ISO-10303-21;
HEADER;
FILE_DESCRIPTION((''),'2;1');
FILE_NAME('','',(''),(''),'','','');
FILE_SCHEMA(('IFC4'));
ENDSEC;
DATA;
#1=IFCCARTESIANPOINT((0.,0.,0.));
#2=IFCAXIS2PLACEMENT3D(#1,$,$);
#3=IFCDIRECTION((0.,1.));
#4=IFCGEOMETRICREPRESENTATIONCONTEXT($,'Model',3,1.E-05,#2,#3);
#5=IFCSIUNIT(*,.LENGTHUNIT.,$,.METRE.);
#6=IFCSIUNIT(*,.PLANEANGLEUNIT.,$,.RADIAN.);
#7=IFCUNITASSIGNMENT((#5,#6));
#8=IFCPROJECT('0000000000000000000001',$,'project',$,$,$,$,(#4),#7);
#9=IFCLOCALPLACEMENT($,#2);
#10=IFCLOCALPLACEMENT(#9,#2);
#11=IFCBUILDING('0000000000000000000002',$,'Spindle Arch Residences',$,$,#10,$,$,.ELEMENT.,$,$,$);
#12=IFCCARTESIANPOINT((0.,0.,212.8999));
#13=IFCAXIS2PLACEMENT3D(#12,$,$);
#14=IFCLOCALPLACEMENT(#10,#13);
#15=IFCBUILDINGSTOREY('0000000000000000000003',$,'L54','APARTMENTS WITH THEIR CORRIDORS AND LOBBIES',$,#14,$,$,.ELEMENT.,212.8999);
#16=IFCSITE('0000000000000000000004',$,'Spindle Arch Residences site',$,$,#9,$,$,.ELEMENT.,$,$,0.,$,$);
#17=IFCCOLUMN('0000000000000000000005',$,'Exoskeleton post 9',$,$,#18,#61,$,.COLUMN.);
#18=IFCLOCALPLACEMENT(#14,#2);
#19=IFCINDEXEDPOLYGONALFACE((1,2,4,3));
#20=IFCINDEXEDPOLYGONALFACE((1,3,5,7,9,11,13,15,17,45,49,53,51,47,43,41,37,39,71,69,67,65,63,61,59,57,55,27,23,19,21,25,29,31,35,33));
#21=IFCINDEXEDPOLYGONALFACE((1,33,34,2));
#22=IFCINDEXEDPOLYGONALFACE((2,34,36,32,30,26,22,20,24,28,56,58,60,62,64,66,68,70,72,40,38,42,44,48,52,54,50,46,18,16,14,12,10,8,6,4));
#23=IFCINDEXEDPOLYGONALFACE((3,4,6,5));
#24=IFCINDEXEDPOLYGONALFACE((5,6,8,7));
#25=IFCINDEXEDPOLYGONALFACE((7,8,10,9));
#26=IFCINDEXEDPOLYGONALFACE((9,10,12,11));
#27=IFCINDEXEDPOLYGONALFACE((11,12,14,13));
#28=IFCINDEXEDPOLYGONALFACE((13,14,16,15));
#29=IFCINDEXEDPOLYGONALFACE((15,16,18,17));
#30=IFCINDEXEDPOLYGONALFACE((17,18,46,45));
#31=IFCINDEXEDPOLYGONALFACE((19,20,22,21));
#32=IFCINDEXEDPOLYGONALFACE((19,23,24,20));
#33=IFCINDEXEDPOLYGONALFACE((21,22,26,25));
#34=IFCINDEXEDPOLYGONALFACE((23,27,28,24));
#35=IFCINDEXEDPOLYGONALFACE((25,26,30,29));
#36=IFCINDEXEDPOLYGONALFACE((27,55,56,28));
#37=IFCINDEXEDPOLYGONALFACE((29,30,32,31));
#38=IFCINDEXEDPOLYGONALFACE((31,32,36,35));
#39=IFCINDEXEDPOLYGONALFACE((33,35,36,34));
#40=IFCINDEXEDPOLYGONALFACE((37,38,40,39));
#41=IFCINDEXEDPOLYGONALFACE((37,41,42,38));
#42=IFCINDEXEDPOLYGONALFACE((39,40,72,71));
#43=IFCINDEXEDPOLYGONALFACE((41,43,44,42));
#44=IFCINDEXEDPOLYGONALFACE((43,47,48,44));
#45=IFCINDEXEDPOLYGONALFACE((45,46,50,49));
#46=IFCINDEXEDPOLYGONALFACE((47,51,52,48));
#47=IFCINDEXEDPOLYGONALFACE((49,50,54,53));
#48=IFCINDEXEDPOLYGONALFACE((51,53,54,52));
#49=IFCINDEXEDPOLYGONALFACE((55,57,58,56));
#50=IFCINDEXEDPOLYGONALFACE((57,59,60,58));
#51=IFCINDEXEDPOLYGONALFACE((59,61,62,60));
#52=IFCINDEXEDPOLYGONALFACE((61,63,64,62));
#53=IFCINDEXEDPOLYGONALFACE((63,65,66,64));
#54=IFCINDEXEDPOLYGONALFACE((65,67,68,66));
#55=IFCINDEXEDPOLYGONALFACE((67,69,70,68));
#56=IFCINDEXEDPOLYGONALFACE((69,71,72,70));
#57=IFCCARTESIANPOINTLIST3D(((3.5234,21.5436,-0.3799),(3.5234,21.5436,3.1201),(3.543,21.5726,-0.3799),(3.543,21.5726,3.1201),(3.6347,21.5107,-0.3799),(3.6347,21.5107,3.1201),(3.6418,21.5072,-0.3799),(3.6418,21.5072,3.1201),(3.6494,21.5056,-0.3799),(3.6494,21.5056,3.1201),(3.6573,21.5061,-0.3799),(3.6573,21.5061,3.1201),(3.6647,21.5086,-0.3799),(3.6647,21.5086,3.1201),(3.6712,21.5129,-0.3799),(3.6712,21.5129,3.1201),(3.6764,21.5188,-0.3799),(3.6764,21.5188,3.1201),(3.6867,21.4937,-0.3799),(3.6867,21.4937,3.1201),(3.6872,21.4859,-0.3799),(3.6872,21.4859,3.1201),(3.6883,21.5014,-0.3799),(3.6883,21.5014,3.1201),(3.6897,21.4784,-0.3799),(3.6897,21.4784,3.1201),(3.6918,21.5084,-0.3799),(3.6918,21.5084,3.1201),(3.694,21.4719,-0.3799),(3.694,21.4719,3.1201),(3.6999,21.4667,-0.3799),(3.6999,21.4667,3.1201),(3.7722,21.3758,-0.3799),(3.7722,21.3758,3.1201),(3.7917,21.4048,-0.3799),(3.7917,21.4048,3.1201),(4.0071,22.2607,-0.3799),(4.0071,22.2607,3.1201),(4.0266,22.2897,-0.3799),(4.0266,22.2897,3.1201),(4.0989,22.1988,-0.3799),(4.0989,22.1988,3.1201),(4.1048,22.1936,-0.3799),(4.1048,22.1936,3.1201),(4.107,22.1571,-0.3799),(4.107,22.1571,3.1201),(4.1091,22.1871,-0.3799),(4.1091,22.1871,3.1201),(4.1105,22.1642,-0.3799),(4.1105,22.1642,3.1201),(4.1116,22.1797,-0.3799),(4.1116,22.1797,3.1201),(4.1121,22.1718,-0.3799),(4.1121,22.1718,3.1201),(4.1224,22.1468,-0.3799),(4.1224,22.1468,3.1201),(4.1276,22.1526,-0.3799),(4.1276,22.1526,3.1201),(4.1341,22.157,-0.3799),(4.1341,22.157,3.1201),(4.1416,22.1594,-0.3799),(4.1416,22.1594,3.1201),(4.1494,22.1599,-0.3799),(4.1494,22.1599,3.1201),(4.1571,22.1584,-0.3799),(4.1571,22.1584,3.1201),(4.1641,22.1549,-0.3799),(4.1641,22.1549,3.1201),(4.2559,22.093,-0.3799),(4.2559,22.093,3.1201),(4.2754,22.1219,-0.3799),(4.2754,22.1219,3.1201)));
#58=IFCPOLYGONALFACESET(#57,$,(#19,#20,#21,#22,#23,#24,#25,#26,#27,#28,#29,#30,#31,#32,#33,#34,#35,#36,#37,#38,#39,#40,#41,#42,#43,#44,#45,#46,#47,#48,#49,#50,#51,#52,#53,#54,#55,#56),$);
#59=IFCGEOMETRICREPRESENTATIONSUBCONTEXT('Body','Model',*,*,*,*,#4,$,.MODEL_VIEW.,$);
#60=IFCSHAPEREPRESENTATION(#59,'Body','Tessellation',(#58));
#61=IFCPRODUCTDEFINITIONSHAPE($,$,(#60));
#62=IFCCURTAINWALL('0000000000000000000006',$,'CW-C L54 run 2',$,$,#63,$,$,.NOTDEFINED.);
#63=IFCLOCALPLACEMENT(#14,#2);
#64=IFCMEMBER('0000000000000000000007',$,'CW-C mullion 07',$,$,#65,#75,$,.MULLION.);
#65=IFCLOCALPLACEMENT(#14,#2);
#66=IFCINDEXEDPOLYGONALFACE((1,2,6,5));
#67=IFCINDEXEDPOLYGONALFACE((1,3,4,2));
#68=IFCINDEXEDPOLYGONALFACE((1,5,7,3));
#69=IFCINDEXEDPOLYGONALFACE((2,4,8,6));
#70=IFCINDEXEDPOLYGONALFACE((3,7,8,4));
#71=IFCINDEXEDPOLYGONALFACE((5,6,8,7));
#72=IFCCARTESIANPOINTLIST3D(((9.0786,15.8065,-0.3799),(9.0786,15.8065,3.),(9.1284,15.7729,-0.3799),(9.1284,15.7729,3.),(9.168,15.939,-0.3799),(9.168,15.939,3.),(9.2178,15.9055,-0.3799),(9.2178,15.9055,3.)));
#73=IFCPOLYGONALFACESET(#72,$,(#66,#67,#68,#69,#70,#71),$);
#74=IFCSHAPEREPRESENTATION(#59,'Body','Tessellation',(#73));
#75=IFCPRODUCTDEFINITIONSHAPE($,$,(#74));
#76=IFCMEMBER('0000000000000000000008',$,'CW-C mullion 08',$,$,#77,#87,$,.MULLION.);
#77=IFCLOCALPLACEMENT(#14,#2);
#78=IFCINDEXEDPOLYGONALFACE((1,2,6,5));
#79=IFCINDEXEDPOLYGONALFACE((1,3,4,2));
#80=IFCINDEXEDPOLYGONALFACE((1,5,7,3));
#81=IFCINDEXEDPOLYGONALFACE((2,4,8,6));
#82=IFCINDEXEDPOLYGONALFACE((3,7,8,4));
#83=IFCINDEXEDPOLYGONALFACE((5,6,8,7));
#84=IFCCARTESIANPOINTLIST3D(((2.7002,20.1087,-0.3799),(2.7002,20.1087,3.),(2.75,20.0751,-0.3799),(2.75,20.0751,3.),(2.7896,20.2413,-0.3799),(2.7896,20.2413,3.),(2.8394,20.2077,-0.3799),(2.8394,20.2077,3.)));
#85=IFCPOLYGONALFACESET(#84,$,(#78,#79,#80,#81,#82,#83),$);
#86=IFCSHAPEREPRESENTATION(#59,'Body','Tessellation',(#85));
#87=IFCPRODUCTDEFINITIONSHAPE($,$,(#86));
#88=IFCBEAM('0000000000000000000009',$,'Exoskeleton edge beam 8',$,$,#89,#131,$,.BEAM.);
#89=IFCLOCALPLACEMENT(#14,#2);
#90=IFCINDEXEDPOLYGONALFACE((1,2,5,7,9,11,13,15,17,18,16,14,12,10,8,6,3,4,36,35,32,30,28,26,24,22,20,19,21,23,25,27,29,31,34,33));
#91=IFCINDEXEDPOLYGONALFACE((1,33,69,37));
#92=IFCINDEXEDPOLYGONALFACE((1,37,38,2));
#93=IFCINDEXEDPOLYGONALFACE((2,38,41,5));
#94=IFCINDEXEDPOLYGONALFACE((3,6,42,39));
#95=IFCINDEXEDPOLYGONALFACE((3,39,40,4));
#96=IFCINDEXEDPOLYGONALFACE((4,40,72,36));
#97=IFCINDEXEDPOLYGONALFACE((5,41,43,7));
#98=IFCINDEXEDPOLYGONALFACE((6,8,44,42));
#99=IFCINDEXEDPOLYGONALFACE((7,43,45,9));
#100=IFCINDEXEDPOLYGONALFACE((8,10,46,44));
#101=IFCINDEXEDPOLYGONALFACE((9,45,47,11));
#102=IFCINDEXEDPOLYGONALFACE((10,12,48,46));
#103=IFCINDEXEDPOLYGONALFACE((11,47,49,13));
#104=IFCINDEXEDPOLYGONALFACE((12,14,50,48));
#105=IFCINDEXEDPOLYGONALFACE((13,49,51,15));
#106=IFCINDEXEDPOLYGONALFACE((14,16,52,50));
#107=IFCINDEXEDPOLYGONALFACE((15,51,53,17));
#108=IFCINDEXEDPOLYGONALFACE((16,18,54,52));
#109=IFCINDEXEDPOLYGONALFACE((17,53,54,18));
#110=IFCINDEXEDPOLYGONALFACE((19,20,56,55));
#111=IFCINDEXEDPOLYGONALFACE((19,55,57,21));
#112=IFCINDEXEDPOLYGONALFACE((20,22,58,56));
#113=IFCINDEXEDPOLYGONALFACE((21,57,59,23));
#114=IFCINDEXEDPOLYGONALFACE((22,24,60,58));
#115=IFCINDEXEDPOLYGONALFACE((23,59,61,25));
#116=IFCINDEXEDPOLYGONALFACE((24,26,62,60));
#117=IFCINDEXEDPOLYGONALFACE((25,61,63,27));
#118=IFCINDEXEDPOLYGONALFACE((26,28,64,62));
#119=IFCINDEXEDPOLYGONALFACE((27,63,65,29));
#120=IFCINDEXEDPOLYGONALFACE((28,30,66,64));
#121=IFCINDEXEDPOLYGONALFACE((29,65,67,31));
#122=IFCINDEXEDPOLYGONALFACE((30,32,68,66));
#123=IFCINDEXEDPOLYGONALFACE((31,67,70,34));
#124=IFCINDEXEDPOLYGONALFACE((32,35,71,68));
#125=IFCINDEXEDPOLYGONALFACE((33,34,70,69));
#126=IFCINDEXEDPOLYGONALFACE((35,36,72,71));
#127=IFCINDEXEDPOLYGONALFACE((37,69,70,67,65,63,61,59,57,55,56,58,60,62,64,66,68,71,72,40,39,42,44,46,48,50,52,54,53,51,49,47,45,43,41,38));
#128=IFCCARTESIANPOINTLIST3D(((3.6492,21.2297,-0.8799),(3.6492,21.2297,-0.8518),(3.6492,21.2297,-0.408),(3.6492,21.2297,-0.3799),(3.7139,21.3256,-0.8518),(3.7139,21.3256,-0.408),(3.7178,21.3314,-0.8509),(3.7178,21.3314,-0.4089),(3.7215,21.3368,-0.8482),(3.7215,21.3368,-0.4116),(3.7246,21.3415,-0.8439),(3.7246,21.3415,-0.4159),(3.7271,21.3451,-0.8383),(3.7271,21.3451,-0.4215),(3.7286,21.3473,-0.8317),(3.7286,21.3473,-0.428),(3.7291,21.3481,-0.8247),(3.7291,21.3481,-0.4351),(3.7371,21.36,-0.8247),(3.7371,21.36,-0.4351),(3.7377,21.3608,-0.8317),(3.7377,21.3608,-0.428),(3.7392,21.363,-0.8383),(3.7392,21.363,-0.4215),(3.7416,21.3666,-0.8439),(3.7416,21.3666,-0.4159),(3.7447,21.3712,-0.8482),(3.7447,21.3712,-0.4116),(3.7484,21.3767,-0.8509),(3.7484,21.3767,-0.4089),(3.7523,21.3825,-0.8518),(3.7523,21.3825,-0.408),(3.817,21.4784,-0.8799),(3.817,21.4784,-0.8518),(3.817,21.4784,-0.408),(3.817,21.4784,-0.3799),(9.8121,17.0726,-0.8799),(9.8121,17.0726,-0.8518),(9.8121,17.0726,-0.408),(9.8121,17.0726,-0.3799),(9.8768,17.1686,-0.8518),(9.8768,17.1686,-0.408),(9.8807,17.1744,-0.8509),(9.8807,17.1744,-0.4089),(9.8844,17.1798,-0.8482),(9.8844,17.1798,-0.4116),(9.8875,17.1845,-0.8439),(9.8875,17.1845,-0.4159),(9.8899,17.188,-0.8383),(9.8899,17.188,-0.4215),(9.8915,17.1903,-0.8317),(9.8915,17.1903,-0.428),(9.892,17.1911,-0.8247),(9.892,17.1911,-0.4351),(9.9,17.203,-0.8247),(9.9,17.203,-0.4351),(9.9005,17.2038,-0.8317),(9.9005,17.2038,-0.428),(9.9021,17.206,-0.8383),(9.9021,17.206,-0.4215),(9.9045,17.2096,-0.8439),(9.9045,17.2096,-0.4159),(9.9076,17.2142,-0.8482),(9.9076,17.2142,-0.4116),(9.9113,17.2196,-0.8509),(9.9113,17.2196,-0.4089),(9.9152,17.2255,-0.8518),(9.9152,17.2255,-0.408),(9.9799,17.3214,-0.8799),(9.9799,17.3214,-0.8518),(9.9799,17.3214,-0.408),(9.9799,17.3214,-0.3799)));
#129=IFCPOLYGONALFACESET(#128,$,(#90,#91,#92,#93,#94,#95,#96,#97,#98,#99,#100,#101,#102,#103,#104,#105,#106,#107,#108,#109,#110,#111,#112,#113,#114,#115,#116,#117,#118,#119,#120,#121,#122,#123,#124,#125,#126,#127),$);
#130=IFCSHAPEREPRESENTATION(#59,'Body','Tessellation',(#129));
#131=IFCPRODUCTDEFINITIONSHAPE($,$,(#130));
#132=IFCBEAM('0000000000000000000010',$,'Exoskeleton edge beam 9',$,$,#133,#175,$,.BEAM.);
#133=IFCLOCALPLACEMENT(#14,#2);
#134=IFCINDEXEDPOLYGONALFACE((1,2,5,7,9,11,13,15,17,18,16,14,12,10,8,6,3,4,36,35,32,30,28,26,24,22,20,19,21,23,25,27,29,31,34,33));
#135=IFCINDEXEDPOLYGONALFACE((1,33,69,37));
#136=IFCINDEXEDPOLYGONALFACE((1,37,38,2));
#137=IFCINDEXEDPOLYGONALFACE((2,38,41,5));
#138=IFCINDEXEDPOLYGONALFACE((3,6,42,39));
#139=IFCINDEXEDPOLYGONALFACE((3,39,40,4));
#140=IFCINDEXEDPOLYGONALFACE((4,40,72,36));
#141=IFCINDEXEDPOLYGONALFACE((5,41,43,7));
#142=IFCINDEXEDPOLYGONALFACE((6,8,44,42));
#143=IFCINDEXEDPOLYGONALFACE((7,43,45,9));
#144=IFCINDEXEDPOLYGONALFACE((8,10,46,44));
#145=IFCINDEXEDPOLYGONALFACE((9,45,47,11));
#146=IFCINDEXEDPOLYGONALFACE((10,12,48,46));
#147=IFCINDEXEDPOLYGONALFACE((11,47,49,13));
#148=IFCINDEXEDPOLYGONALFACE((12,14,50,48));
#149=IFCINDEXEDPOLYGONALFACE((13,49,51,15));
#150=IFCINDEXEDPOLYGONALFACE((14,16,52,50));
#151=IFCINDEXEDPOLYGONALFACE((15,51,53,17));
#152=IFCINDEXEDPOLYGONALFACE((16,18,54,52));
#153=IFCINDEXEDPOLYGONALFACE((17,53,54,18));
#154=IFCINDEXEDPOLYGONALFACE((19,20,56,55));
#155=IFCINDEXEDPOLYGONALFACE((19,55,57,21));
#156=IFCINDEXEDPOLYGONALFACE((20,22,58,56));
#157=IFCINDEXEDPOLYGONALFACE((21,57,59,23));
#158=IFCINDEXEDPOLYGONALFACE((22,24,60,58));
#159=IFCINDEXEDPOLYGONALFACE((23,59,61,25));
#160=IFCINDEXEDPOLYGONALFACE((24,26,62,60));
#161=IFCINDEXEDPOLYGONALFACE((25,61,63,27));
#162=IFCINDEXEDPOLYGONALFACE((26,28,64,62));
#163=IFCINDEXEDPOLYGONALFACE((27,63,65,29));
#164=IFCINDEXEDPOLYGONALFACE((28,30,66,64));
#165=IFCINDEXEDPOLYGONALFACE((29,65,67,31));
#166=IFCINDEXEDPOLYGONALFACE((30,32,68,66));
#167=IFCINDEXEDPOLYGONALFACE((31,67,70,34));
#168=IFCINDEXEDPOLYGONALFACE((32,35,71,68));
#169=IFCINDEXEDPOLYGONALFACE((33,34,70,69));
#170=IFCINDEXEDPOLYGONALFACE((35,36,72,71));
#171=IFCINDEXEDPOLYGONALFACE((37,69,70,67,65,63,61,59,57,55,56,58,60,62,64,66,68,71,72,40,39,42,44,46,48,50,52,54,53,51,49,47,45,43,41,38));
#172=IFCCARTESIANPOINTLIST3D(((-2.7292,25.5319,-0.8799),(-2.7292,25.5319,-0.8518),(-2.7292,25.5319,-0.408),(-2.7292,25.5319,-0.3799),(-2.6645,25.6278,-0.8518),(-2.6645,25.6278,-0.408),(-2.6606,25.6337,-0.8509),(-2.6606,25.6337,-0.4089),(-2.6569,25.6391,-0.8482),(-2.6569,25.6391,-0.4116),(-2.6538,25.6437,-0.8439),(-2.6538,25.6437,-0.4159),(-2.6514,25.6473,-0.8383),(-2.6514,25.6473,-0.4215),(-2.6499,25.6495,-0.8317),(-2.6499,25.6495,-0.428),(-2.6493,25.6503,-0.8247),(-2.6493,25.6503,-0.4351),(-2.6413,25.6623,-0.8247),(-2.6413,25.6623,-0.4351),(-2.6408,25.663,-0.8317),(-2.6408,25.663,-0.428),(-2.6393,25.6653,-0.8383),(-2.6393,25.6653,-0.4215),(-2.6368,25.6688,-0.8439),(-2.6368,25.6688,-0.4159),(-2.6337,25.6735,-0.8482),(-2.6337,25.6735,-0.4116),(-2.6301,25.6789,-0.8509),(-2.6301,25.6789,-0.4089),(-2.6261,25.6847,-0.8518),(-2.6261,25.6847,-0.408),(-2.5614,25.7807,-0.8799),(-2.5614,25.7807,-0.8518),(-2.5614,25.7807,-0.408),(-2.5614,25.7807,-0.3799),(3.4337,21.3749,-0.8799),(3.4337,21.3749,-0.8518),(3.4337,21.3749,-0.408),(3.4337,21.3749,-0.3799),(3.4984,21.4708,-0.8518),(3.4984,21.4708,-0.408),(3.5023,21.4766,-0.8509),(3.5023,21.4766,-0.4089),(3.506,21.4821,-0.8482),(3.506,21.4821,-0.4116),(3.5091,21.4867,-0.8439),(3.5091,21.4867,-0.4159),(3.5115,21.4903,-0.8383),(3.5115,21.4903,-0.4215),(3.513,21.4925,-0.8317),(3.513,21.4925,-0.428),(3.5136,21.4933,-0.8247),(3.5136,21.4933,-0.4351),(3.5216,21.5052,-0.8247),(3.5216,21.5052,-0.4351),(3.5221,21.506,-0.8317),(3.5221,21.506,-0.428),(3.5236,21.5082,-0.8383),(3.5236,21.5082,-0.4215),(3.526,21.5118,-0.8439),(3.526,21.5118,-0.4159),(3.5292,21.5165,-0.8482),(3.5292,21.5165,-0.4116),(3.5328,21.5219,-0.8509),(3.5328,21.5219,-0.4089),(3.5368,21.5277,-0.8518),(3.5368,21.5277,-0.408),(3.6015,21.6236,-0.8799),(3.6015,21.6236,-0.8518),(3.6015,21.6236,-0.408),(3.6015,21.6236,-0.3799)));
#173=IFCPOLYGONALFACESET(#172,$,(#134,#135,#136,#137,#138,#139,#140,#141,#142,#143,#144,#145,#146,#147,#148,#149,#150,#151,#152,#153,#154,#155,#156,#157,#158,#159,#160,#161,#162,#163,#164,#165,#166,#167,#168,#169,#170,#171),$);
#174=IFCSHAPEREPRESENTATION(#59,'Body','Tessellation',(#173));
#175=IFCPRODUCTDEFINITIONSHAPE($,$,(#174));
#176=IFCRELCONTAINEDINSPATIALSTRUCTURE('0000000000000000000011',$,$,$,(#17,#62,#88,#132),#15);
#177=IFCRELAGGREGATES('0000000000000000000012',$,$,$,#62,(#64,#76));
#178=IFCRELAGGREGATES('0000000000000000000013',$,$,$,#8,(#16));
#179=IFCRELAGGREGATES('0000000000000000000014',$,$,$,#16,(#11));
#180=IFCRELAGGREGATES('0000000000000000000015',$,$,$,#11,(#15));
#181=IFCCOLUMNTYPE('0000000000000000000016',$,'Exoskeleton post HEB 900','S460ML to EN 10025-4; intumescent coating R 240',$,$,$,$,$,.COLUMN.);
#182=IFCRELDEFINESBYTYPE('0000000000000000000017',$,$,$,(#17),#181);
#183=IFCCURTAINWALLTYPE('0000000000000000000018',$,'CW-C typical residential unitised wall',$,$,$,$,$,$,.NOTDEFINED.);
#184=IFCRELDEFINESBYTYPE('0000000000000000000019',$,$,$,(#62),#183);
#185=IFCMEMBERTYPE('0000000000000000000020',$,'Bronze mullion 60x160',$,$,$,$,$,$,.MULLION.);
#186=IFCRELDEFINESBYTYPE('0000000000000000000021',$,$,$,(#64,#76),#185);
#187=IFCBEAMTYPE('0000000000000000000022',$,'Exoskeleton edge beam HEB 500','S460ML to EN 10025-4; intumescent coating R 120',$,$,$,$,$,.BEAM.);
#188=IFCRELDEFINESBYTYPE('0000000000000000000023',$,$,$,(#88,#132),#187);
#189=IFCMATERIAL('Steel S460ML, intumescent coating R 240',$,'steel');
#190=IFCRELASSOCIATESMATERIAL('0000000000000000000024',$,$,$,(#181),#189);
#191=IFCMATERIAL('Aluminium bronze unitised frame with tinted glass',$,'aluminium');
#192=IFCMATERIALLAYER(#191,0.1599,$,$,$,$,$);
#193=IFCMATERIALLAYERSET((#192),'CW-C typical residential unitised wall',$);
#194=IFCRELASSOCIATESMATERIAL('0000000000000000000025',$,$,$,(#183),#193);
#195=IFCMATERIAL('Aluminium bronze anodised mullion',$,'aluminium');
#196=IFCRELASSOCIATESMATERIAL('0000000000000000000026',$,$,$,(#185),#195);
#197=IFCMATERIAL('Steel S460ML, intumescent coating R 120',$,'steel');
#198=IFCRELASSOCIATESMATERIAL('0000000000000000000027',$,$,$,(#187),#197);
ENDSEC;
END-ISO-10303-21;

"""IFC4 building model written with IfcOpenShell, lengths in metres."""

from ifc_helpers import new_model, si_unit, direction, frame, origin, origin_2d, place, context, subcontext, project, spatial, rectangle, i_section, extrude, material, layer, layer_set, material_profile, profile_set, type_object, element, aggregate, save


model = new_model("IFC4")

# Units and contexts
model_context = context("Model", 3, precision=1e-05, world=origin(), true_north=direction((0.0, 1.0)))
body_context = subcontext(model_context, "Body", "Model", "MODEL_VIEW")
ifc_project = project(units=[si_unit("LENGTHUNIT", "METRE"), si_unit("PLANEANGLEUNIT", "RADIAN")], contexts=[model_context])

# Site, building, storey
site_placement = place(None, origin())
site = spatial("IfcSite", under=ifc_project, at=site_placement, Name="Spindle Arch Residences site", CompositionType="ELEMENT", RefElevation=0.0)
building_placement = place(site_placement, origin())
building = spatial("IfcBuilding", under=site, at=building_placement, Name="Spindle Arch Residences", CompositionType="ELEMENT")
storey_placement = place(building_placement, frame((0.0, 0.0, 212.8999)))
storey = spatial("IfcBuildingStorey", under=building, at=storey_placement, Name="L54", Description="APARTMENTS WITH THEIR CORRIDORS AND LOBBIES", CompositionType="ELEMENT", Elevation=212.8999)

# Column
ifc_material_1 = material(Name="Steel S460ML, intumescent coating R 240", Category="steel")
ifc_material_profile_1 = material_profile(ifc_material_1, i_section(OverallWidth=0.3, OverallDepth=0.8999, WebThickness=0.0186, FlangeThickness=0.0349, FilletRadius=0.03, at=origin_2d()), Name="HEB 900")
ifc_profile_set_1 = profile_set([ifc_material_profile_1], Name="Steel S460ML, intumescent coating R 240")
column_type = type_object("IfcColumnType", Name="Exoskeleton post HEB 900", Description="S460ML to EN 10025-4; intumescent coating R 240", PredefinedType="COLUMN", material=ifc_profile_set_1)
column_placement = place(storey_placement, frame((3.8994, 21.8328, -0.3799), z_axis=(0.0, 0.0, 1.0), x_axis=(0.829038, -0.559193, 0.0)))
element("IfcColumn", 1, at=column_placement, inside=storey, type_object=column_type, Name="Exoskeleton post 9", PredefinedType="COLUMN", context=body_context, shape_type="SweptSolid", body=[
    extrude(i_section(OverallWidth=0.3, OverallDepth=0.8999, WebThickness=0.0186, FlangeThickness=0.0349, FilletRadius=0.03, at=origin_2d()), origin(), (0.0, 0.0, 1.0), 3.5),
])

# Curtain wall, members
ifc_material_2 = material(Name="Aluminium bronze unitised frame with tinted glass", Category="aluminium")
ifc_layer_1 = layer(ifc_material_2, 0.1599)
ifc_layer_set_1 = layer_set([ifc_layer_1], Name="CW-C typical residential unitised wall")
curtain_wall_type = type_object("IfcCurtainWallType", Name="CW-C typical residential unitised wall", PredefinedType="NOTDEFINED", material=ifc_layer_set_1)
curtain_wall_placement = place(storey_placement, origin())
curtain_wall = element("IfcCurtainWall", 2, at=curtain_wall_placement, inside=storey, type_object=curtain_wall_type, Name="CW-C L54 run 2", PredefinedType="NOTDEFINED")
ifc_material_3 = material(Name="Aluminium bronze anodised mullion", Category="aluminium")
ifc_material_profile_2 = material_profile(ifc_material_3, rectangle(XDim=0.1599, YDim=0.0601, at=origin_2d()), Name="MU 60x160")
ifc_profile_set_2 = profile_set([ifc_material_profile_2], Name="Aluminium bronze anodised mullion")
member_type = type_object("IfcMemberType", Name="Bronze mullion 60x160", PredefinedType="MULLION", material=ifc_profile_set_2)
member_1_placement = place(storey_placement, frame((9.1482, 15.856, -0.3799), z_axis=(0.0, 0.0, 1.0), x_axis=(-0.559193, -0.829038, 0.0)))
member_1 = element("IfcMember", 3, at=member_1_placement, type_object=member_type, Name="CW-C mullion 07", PredefinedType="MULLION", context=body_context, shape_type="SweptSolid", body=[
    extrude(rectangle(XDim=0.1599, YDim=0.0601, at=origin_2d()), origin(), (0.0, 0.0, 1.0), 3.3799),
])
member_2_placement = place(storey_placement, frame((2.7698, 20.1582, -0.3799), z_axis=(0.0, 0.0, 1.0), x_axis=(-0.559193, -0.829038, 0.0)))
member_2 = element("IfcMember", 4, at=member_2_placement, type_object=member_type, Name="CW-C mullion 08", PredefinedType="MULLION", context=body_context, shape_type="SweptSolid", body=[
    extrude(rectangle(XDim=0.1599, YDim=0.0601, at=origin_2d()), origin(), (0.0, 0.0, 1.0), 3.3799),
])

# Beams
ifc_material_4 = material(Name="Steel S460ML, intumescent coating R 120", Category="steel")
ifc_material_profile_3 = material_profile(ifc_material_4, i_section(OverallWidth=0.3, OverallDepth=0.5, WebThickness=0.0144, FlangeThickness=0.0281, FilletRadius=0.0271, at=origin_2d()), Name="HEB 500")
ifc_profile_set_3 = profile_set([ifc_material_profile_3], Name="Steel S460ML, intumescent coating R 120")
beam_type_1 = type_object("IfcBeamType", Name="Exoskeleton edge beam HEB 500", Description="S460ML to EN 10025-4; intumescent coating R 120", PredefinedType="BEAM", material=ifc_profile_set_3)
for number, where, z_axis, x_axis, name in (
    (5, (9.896, 17.197, -0.6299), (-0.829032, 0.559202, 0.0), (-0.559202, -0.829032, 0.0), "Exoskeleton edge beam 8"),
    (6, (3.5176, 21.4993, -0.6299), (-0.829032, 0.559202, 0.0), (-0.559202, -0.829032, 0.0), "Exoskeleton edge beam 9"),
):
    element("IfcBeam", number, at=place(storey_placement, frame(where, z_axis=z_axis, x_axis=x_axis)), inside=storey, type_object=beam_type_1, Name=name, PredefinedType="BEAM", context=body_context, shape_type="SweptSolid", body=[
        extrude(i_section(OverallWidth=0.3, OverallDepth=0.5, WebThickness=0.0144, FlangeThickness=0.0281, FilletRadius=0.0271, at=origin_2d()), origin(), (0.0, 0.0, 1.0), 7.4338),
    ])

aggregate(curtain_wall, [member_1, member_2])

save(model, "model.ifc")
